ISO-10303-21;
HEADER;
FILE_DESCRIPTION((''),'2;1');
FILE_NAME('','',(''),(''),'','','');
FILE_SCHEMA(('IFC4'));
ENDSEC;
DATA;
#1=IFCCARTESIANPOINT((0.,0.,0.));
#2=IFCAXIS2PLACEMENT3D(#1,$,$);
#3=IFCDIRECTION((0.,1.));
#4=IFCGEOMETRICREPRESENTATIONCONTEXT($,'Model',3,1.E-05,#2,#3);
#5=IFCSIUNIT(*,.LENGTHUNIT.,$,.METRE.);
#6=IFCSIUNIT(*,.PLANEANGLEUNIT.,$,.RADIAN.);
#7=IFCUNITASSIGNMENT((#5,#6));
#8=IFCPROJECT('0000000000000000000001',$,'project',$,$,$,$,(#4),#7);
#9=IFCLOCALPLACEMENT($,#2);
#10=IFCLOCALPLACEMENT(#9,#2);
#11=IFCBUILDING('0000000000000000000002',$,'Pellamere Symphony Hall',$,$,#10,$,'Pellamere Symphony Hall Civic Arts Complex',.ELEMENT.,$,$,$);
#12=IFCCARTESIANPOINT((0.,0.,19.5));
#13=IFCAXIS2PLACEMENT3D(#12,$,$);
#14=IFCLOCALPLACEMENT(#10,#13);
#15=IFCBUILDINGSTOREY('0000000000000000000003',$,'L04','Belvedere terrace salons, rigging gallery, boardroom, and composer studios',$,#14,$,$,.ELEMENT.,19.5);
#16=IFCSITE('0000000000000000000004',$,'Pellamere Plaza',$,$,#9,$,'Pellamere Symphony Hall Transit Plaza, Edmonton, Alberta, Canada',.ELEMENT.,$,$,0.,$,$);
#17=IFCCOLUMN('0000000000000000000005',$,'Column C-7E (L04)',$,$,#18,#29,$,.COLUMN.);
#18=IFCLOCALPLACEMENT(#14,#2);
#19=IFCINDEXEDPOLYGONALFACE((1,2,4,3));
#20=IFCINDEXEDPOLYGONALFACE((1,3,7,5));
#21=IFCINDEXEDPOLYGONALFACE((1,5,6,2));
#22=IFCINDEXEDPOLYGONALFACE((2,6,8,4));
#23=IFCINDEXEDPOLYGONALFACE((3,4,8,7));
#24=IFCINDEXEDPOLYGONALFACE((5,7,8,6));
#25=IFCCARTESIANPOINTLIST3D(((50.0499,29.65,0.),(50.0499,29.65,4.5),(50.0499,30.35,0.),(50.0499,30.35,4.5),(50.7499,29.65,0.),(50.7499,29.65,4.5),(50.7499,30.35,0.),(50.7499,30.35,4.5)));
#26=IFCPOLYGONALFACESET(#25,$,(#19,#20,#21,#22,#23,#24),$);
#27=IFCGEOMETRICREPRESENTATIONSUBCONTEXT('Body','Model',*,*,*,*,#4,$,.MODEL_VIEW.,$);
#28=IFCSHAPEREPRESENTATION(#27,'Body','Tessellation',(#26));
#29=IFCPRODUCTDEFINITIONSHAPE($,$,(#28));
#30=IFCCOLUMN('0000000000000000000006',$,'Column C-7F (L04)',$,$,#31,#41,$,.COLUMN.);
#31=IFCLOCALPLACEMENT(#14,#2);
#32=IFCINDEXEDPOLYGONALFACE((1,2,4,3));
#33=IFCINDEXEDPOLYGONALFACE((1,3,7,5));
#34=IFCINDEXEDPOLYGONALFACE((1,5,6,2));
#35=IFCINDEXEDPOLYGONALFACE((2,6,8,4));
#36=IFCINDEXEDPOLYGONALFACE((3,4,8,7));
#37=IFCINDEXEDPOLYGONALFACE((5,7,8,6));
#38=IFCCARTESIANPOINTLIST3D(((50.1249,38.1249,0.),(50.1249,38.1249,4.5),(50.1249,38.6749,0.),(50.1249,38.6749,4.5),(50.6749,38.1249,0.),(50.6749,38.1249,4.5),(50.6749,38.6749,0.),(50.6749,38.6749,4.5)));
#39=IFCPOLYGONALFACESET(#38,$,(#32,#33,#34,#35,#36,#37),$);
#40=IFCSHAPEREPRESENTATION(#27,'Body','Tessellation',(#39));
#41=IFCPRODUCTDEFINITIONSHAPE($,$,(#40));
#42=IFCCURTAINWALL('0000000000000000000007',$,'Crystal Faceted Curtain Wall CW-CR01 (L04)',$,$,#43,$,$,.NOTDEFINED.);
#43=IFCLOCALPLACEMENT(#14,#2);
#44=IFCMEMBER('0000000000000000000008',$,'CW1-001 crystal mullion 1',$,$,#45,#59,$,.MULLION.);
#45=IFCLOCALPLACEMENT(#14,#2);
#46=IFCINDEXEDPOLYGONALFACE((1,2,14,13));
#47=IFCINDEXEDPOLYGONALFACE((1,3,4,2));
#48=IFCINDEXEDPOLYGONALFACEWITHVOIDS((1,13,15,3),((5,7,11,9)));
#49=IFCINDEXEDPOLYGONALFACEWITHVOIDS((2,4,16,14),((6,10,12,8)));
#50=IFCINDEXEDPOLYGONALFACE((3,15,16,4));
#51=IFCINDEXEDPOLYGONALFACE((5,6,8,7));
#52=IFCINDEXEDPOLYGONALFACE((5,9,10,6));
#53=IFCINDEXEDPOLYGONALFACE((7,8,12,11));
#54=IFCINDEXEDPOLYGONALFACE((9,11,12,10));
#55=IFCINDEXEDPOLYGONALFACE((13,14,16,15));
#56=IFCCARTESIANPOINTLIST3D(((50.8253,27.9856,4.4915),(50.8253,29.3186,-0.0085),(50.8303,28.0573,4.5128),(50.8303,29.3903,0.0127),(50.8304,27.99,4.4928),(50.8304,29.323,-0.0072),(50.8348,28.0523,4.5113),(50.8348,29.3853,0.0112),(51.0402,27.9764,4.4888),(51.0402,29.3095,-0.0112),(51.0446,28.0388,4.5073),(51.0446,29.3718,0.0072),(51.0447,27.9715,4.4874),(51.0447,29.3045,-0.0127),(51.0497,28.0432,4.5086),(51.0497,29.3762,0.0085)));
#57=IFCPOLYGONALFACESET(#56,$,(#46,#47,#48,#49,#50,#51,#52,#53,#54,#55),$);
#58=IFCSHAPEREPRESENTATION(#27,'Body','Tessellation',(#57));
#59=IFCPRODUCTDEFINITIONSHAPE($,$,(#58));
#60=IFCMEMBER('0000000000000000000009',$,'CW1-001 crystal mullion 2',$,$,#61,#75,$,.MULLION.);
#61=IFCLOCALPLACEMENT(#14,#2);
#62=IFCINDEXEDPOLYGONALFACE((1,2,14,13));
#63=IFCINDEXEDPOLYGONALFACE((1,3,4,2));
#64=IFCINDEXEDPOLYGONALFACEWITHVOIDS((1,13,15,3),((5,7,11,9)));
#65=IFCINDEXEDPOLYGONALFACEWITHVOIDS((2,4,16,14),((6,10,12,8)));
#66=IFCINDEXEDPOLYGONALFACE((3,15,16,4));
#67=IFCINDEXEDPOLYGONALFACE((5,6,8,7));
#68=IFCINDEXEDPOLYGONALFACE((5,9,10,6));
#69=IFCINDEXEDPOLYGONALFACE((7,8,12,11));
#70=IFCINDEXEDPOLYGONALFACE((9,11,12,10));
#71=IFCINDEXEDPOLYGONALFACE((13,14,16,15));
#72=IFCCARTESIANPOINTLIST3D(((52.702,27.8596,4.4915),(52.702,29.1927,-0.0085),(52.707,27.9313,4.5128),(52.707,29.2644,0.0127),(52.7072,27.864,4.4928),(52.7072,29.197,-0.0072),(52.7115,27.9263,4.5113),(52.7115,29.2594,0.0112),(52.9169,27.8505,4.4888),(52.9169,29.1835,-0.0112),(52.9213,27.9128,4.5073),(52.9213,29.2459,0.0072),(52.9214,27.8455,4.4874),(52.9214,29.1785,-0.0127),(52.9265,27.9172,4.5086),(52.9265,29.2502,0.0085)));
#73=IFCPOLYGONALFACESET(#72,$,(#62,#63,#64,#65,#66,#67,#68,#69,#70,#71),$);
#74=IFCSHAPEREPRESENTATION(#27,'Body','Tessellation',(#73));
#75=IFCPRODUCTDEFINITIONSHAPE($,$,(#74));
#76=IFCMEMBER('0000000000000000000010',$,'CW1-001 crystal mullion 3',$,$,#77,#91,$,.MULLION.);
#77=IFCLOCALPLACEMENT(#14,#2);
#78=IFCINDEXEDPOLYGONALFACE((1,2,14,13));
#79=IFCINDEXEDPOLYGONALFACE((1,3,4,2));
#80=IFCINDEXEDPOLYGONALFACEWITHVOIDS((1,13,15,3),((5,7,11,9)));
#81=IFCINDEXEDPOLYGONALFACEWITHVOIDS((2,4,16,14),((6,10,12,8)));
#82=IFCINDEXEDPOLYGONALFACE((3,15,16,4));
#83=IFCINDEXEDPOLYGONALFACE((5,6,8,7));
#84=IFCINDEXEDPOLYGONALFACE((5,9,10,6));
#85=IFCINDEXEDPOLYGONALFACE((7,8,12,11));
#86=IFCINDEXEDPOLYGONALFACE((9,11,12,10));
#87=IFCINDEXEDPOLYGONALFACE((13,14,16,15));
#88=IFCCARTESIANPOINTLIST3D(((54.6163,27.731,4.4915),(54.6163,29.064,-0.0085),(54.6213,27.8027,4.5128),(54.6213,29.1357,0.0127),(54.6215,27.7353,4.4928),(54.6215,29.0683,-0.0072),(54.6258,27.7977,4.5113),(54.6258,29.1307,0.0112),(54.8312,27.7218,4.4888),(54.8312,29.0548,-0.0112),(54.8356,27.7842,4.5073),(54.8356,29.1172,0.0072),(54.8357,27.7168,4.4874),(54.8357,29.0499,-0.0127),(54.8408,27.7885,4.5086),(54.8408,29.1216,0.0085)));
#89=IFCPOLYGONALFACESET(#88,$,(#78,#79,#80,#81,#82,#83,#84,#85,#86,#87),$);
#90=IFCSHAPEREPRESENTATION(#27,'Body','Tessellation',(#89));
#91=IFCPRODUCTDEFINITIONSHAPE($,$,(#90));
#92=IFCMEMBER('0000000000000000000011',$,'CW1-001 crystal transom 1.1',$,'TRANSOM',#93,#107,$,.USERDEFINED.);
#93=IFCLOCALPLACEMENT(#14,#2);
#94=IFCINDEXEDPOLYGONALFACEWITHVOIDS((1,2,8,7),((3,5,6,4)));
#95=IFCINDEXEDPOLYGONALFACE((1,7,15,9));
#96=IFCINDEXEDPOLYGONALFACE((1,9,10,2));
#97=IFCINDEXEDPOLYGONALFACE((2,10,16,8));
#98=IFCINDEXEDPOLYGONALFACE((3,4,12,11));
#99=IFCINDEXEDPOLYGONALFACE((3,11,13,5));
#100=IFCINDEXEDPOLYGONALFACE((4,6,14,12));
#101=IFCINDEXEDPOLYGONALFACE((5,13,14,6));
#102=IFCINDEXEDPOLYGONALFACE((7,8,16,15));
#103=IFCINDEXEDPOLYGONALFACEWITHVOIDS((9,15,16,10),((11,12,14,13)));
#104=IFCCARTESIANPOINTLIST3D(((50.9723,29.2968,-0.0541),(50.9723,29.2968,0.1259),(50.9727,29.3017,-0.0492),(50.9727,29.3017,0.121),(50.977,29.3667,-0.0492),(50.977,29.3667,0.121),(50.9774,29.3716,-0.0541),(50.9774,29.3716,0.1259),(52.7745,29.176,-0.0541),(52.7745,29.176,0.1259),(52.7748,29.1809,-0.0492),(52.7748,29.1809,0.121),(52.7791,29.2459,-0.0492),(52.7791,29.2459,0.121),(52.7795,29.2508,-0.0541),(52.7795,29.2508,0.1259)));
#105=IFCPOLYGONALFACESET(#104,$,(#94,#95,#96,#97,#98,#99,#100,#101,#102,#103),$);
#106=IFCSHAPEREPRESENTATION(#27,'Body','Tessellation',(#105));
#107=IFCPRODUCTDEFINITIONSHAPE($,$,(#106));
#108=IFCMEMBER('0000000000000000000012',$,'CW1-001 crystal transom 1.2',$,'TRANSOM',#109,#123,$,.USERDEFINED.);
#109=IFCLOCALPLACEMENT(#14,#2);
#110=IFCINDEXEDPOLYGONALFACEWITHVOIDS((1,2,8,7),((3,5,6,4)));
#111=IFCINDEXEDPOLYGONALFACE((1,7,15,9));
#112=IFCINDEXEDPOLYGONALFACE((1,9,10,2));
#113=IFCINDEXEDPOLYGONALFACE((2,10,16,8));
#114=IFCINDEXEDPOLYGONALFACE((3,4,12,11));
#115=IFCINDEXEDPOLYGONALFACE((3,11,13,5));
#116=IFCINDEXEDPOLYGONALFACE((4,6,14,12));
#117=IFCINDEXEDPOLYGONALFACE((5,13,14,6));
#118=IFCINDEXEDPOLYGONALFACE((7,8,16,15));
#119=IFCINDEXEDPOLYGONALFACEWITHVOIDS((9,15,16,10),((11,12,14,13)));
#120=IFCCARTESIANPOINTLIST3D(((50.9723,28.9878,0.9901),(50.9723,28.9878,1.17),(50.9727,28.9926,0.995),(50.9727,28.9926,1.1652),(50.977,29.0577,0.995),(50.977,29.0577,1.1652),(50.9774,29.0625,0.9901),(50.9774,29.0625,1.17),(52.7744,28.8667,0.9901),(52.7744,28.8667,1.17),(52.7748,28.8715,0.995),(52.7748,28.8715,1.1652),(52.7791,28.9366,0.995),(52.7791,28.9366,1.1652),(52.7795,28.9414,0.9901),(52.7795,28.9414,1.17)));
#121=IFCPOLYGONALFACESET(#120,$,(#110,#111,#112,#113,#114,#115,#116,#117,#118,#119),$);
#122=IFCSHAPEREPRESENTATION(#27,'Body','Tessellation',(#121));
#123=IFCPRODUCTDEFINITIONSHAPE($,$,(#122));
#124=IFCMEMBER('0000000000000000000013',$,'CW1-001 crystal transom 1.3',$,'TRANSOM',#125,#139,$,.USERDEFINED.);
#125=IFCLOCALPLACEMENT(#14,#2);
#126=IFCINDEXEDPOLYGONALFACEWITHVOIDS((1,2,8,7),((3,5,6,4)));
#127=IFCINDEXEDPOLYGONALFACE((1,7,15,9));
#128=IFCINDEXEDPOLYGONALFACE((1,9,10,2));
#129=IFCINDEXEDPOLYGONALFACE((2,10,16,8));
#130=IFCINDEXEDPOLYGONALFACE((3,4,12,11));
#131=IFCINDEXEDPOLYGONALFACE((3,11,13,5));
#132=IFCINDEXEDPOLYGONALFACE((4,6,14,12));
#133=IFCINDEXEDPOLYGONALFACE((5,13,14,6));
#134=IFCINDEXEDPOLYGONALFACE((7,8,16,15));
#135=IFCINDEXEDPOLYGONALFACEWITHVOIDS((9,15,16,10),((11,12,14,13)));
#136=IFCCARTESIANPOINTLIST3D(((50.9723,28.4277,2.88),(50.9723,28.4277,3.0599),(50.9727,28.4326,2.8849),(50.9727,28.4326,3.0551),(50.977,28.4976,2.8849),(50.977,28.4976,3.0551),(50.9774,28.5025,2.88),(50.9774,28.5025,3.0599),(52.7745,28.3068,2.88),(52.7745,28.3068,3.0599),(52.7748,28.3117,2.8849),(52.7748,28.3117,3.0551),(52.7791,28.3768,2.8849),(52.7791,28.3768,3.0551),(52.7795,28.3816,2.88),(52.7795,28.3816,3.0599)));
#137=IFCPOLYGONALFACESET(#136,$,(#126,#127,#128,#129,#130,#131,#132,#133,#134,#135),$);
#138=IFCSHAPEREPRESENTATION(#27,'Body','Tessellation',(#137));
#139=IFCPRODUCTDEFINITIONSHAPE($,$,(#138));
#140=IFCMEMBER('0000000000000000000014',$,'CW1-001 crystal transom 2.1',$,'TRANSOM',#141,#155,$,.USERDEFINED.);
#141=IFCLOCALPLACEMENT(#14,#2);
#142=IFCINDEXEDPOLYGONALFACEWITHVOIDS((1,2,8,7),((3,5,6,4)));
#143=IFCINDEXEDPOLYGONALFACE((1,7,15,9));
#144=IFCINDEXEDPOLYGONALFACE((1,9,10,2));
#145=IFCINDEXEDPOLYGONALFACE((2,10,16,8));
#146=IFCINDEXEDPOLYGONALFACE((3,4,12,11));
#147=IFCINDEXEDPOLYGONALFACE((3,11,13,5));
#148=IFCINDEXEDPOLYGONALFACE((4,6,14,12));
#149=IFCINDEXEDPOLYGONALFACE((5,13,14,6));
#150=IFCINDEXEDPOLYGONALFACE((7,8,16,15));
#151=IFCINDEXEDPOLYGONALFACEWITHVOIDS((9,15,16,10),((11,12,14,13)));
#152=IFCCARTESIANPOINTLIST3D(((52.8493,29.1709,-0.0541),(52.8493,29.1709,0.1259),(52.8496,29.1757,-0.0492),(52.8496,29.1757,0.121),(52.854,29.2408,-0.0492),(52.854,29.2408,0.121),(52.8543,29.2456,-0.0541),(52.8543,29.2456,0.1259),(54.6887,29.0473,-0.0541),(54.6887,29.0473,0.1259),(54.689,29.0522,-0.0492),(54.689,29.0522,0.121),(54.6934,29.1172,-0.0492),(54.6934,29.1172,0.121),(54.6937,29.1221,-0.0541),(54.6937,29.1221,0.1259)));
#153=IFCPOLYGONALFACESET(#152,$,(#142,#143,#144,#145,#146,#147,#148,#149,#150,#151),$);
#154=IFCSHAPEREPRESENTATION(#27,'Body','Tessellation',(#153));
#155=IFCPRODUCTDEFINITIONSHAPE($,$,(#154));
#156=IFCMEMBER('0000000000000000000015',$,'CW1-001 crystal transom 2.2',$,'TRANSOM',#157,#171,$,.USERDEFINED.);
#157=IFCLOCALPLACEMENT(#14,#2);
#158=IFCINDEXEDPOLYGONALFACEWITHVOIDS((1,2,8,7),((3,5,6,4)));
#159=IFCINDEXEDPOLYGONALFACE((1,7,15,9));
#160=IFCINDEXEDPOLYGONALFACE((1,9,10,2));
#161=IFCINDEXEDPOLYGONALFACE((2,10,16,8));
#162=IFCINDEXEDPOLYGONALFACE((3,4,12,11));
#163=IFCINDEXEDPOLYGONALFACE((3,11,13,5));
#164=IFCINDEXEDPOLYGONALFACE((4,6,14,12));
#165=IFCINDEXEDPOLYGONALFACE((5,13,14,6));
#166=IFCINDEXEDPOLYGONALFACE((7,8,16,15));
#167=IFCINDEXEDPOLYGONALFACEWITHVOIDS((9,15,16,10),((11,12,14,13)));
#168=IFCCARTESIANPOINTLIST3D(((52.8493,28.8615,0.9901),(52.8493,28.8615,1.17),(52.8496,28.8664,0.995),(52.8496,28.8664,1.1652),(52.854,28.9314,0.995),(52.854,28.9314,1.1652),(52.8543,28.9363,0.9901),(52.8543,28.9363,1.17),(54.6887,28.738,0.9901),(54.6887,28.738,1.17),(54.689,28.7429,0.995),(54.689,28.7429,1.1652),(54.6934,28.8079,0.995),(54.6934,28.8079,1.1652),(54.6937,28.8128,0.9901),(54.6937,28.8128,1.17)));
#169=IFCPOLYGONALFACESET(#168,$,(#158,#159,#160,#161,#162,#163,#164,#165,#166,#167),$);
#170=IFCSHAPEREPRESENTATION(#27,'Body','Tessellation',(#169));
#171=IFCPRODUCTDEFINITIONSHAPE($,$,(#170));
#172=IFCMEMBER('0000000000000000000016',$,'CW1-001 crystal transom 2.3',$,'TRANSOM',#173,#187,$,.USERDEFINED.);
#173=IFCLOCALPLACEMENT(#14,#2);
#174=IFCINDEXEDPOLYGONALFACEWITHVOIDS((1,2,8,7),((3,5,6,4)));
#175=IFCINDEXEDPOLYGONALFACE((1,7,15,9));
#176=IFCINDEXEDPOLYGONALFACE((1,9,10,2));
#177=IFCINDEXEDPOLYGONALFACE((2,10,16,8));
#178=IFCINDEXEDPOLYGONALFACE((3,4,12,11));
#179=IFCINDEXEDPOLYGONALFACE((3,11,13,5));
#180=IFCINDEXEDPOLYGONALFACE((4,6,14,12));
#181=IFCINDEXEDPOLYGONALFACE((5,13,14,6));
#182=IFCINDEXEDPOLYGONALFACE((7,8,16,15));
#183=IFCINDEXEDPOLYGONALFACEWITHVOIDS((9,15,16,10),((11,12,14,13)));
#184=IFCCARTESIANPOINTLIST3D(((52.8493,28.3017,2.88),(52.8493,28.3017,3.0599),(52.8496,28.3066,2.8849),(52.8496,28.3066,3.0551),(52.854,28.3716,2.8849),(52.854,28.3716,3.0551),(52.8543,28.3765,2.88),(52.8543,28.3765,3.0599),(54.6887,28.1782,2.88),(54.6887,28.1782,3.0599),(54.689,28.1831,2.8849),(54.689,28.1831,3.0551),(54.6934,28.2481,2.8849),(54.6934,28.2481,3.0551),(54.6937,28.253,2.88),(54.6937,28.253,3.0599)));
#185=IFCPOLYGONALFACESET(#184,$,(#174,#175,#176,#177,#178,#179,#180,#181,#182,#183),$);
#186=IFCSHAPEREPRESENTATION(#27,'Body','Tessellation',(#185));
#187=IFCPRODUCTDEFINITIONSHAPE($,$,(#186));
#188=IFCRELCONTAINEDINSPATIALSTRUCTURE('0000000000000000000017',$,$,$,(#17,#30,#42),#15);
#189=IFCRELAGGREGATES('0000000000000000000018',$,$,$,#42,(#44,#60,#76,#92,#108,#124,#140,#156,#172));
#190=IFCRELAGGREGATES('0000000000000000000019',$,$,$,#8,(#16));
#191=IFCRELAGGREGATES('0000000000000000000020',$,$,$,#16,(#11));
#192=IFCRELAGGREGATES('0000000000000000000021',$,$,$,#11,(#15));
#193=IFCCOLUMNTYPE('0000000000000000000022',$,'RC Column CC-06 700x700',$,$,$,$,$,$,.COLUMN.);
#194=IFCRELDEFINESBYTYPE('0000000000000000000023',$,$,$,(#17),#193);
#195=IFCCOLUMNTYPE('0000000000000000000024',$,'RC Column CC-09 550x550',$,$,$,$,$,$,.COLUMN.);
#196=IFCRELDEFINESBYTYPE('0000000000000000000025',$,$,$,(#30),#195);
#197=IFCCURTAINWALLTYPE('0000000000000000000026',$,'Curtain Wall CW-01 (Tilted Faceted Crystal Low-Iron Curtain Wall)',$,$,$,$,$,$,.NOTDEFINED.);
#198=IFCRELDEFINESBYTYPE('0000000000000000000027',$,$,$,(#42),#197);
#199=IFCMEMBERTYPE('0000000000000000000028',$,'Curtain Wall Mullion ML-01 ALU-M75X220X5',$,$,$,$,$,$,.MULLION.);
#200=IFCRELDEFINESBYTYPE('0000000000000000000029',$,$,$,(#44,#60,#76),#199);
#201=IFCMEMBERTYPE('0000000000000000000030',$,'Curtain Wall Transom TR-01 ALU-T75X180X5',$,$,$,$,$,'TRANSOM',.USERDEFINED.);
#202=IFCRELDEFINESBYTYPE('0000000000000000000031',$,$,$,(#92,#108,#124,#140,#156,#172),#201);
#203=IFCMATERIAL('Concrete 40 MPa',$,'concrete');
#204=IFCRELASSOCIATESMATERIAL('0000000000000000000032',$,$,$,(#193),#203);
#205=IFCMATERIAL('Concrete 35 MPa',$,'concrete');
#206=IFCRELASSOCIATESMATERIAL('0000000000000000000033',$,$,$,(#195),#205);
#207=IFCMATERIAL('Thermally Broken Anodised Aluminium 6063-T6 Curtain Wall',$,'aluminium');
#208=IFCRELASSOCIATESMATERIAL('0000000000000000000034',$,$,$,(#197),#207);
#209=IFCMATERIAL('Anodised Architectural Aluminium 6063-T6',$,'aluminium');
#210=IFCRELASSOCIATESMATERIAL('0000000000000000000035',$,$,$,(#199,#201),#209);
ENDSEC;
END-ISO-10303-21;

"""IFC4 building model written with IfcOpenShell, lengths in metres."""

from ifc_helpers import new_model, si_unit, direction, frame, origin, origin_2d, place, context, subcontext, project, spatial, rectangle, hollow_rectangle, extrude, material, material_profile, profile_set, type_object, element, aggregate, save


model = new_model("IFC4")

# Units and contexts
model_context = context("Model", 3, precision=1e-05, world=origin(), true_north=direction((0.0, 1.0)))
body_context = subcontext(model_context, "Body", "Model", "MODEL_VIEW")
ifc_project = project(units=[si_unit("LENGTHUNIT", "METRE"), si_unit("PLANEANGLEUNIT", "RADIAN")], contexts=[model_context])

# Site, building, storey
site_placement = place(None, origin())
site = spatial("IfcSite", under=ifc_project, at=site_placement, Name="Pellamere Plaza", LongName="Pellamere Symphony Hall Transit Plaza, Edmonton, Alberta, Canada", CompositionType="ELEMENT", RefElevation=0.0)
building_placement = place(site_placement, origin())
building = spatial("IfcBuilding", under=site, at=building_placement, Name="Pellamere Symphony Hall", LongName="Pellamere Symphony Hall Civic Arts Complex", CompositionType="ELEMENT")
storey_placement = place(building_placement, frame((0.0, 0.0, 19.5)))
storey = spatial("IfcBuildingStorey", under=building, at=storey_placement, Name="L04", Description="Belvedere terrace salons, rigging gallery, boardroom, and composer studios", CompositionType="ELEMENT", Elevation=19.5)

# Columns
ifc_material_1 = material(Name="Concrete 40 MPa", Category="concrete")
ifc_material_profile_1 = material_profile(ifc_material_1, rectangle(XDim=0.7, YDim=0.7, at=origin_2d()), Name="RC 700x700")
ifc_profile_set_1 = profile_set([ifc_material_profile_1], Name="Concrete 40 MPa")
column_type_1 = type_object("IfcColumnType", Name="RC Column CC-06 700x700", PredefinedType="COLUMN", material=ifc_profile_set_1)
column_1_placement = place(storey_placement, frame((50.3999, 30.0, 0.0), z_axis=(0.0, 0.0, 1.0), x_axis=(1.0, 0.0, 0.0)))
element("IfcColumn", 1, at=column_1_placement, inside=storey, type_object=column_type_1, Name="Column C-7E (L04)", PredefinedType="COLUMN", context=body_context, shape_type="SweptSolid", body=[
    extrude(rectangle(XDim=0.7, YDim=0.7, at=origin_2d()), origin(), (0.0, 0.0, 1.0), 4.5),
])
ifc_material_2 = material(Name="Concrete 35 MPa", Category="concrete")
ifc_material_profile_2 = material_profile(ifc_material_2, rectangle(XDim=0.55, YDim=0.55, at=origin_2d()), Name="RC 550x550")
ifc_profile_set_2 = profile_set([ifc_material_profile_2], Name="Concrete 35 MPa")
column_type_2 = type_object("IfcColumnType", Name="RC Column CC-09 550x550", PredefinedType="COLUMN", material=ifc_profile_set_2)
column_2_placement = place(storey_placement, frame((50.3999, 38.3999, 0.0), z_axis=(0.0, 0.0, 1.0), x_axis=(1.0, 0.0, 0.0)))
element("IfcColumn", 2, at=column_2_placement, inside=storey, type_object=column_type_2, Name="Column C-7F (L04)", PredefinedType="COLUMN", context=body_context, shape_type="SweptSolid", body=[
    extrude(rectangle(XDim=0.55, YDim=0.55, at=origin_2d()), origin(), (0.0, 0.0, 1.0), 4.5),
])

# Curtain wall, members
ifc_material_3 = material(Name="Thermally Broken Anodised Aluminium 6063-T6 Curtain Wall", Category="aluminium")
curtain_wall_type = type_object("IfcCurtainWallType", Name="Curtain Wall CW-01 (Tilted Faceted Crystal Low-Iron Curtain Wall)", PredefinedType="NOTDEFINED", material=ifc_material_3)
curtain_wall_1_placement = place(storey_placement, origin())
curtain_wall_1 = element("IfcCurtainWall", 3, at=curtain_wall_1_placement, inside=storey, type_object=curtain_wall_type, Name="Crystal Faceted Curtain Wall CW-CR01 (L04)", PredefinedType="NOTDEFINED")
ifc_material_4 = material(Name="Anodised Architectural Aluminium 6063-T6", Category="aluminium")
ifc_material_profile_3 = material_profile(ifc_material_4, hollow_rectangle(XDim=0.075, YDim=0.22, WallThickness=0.0049, at=origin_2d()), Name="ALU-M75X220X5")
ifc_profile_set_3 = profile_set([ifc_material_profile_3], Name="Anodised Architectural Aluminium 6063-T6")
member_type_1 = type_object("IfcMemberType", Name="Curtain Wall Mullion ML-01 ALU-M75X220X5", PredefinedType="MULLION", material=ifc_profile_set_3)
member_1_placement = place(storey_placement, frame((50.9375, 29.3474, 0.0), z_axis=(0.0, -0.284025, 0.958817), x_axis=(0.067013, 0.956662, 0.283386)))
member_1 = element("IfcMember", 4, at=member_1_placement, type_object=member_type_1, Name="CW1-001 crystal mullion 1", PredefinedType="MULLION", context=body_context, shape_type="SweptSolid", body=[
    extrude(hollow_rectangle(XDim=0.075, YDim=0.22, WallThickness=0.0049, at=origin_2d()), origin(), (0.0, 0.0, 1.0), 4.6934),
])
member_2_placement = place(storey_placement, frame((52.8142, 29.2214, 0.0), z_axis=(0.0, -0.284025, 0.958817), x_axis=(0.067013, 0.956662, 0.283386)))
member_2 = element("IfcMember", 5, at=member_2_placement, type_object=member_type_1, Name="CW1-001 crystal mullion 2", PredefinedType="MULLION", context=body_context, shape_type="SweptSolid", body=[
    extrude(hollow_rectangle(XDim=0.075, YDim=0.22, WallThickness=0.0049, at=origin_2d()), origin(), (0.0, 0.0, 1.0), 4.6934),
])
member_3_placement = place(storey_placement, frame((54.7285, 29.0928, 0.0), z_axis=(0.0, -0.284025, 0.958817), x_axis=(0.067013, 0.956662, 0.283386)))
member_3 = element("IfcMember", 6, at=member_3_placement, type_object=member_type_1, Name="CW1-001 crystal mullion 3", PredefinedType="MULLION", context=body_context, shape_type="SweptSolid", body=[
    extrude(hollow_rectangle(XDim=0.075, YDim=0.22, WallThickness=0.0049, at=origin_2d()), origin(), (0.0, 0.0, 1.0), 4.6934),
])
ifc_material_profile_4 = material_profile(ifc_material_4, hollow_rectangle(XDim=0.075, YDim=0.1799, WallThickness=0.0049, at=origin_2d()), Name="ALU-T75X180X5")
ifc_profile_set_4 = profile_set([ifc_material_profile_4], Name="Anodised Architectural Aluminium 6063-T6")
member_type_2 = type_object("IfcMemberType", Name="Curtain Wall Transom TR-01 ALU-T75X180X5", ElementType="TRANSOM", PredefinedType="USERDEFINED", material=ifc_profile_set_4)
member_4_placement = place(storey_placement, frame((50.9749, 29.3342, 0.0359), z_axis=(0.997759, -0.066914, 0.0), x_axis=(0.066914, 0.997759, 0.0)))
member_4 = element("IfcMember", 7, at=member_4_placement, type_object=member_type_2, Name="CW1-001 crystal transom 1.1", ObjectType="TRANSOM", PredefinedType="USERDEFINED", context=body_context, shape_type="SweptSolid", body=[
    extrude(hollow_rectangle(XDim=0.075, YDim=0.1799, WallThickness=0.0049, at=origin_2d()), origin(), (0.0, 0.0, 1.0), 1.8062),
])
member_5_placement = place(storey_placement, frame((50.9749, 29.0251, 1.0801), z_axis=(0.99775, -0.067048, 0.0), x_axis=(0.067048, 0.99775, 0.0)))
member_5 = element("IfcMember", 8, at=member_5_placement, type_object=member_type_2, Name="CW1-001 crystal transom 1.2", ObjectType="TRANSOM", PredefinedType="USERDEFINED", context=body_context, shape_type="SweptSolid", body=[
    extrude(hollow_rectangle(XDim=0.075, YDim=0.1799, WallThickness=0.0049, at=origin_2d()), origin(), (0.0, 0.0, 1.0), 1.8062),
])
member_6_placement = place(storey_placement, frame((50.9749, 28.4651, 2.97), z_axis=(0.997759, -0.066914, 0.0), x_axis=(0.066914, 0.997759, 0.0)))
member_6 = element("IfcMember", 9, at=member_6_placement, type_object=member_type_2, Name="CW1-001 crystal transom 1.3", ObjectType="TRANSOM", PredefinedType="USERDEFINED", context=body_context, shape_type="SweptSolid", body=[
    extrude(hollow_rectangle(XDim=0.075, YDim=0.1799, WallThickness=0.0049, at=origin_2d()), origin(), (0.0, 0.0, 1.0), 1.8062),
])
member_7_placement = place(storey_placement, frame((52.8518, 29.2083, 0.0359), z_axis=(0.997752, -0.067011, 0.0), x_axis=(0.067011, 0.997752, 0.0)))
member_7 = element("IfcMember", 10, at=member_7_placement, type_object=member_type_2, Name="CW1-001 crystal transom 2.1", ObjectType="TRANSOM", PredefinedType="USERDEFINED", context=body_context, shape_type="SweptSolid", body=[
    extrude(hollow_rectangle(XDim=0.075, YDim=0.1799, WallThickness=0.0049, at=origin_2d()), origin(), (0.0, 0.0, 1.0), 1.8435),
])
member_8_placement = place(storey_placement, frame((52.8518, 28.8989, 1.0801), z_axis=(0.997752, -0.067011, 0.0), x_axis=(0.067011, 0.997752, 0.0)))
member_8 = element("IfcMember", 11, at=member_8_placement, type_object=member_type_2, Name="CW1-001 crystal transom 2.2", ObjectType="TRANSOM", PredefinedType="USERDEFINED", context=body_context, shape_type="SweptSolid", body=[
    extrude(hollow_rectangle(XDim=0.075, YDim=0.1799, WallThickness=0.0049, at=origin_2d()), origin(), (0.0, 0.0, 1.0), 1.8435),
])
member_9_placement = place(storey_placement, frame((52.8518, 28.3391, 2.97), z_axis=(0.997752, -0.067011, 0.0), x_axis=(0.067011, 0.997752, 0.0)))
member_9 = element("IfcMember", 12, at=member_9_placement, type_object=member_type_2, Name="CW1-001 crystal transom 2.3", ObjectType="TRANSOM", PredefinedType="USERDEFINED", context=body_context, shape_type="SweptSolid", body=[
    extrude(hollow_rectangle(XDim=0.075, YDim=0.1799, WallThickness=0.0049, at=origin_2d()), origin(), (0.0, 0.0, 1.0), 1.8435),
])

aggregate(curtain_wall_1, [member_1, member_2, member_3, member_4, member_5, member_6, member_7, member_8, member_9])

save(model, "model.ifc")
